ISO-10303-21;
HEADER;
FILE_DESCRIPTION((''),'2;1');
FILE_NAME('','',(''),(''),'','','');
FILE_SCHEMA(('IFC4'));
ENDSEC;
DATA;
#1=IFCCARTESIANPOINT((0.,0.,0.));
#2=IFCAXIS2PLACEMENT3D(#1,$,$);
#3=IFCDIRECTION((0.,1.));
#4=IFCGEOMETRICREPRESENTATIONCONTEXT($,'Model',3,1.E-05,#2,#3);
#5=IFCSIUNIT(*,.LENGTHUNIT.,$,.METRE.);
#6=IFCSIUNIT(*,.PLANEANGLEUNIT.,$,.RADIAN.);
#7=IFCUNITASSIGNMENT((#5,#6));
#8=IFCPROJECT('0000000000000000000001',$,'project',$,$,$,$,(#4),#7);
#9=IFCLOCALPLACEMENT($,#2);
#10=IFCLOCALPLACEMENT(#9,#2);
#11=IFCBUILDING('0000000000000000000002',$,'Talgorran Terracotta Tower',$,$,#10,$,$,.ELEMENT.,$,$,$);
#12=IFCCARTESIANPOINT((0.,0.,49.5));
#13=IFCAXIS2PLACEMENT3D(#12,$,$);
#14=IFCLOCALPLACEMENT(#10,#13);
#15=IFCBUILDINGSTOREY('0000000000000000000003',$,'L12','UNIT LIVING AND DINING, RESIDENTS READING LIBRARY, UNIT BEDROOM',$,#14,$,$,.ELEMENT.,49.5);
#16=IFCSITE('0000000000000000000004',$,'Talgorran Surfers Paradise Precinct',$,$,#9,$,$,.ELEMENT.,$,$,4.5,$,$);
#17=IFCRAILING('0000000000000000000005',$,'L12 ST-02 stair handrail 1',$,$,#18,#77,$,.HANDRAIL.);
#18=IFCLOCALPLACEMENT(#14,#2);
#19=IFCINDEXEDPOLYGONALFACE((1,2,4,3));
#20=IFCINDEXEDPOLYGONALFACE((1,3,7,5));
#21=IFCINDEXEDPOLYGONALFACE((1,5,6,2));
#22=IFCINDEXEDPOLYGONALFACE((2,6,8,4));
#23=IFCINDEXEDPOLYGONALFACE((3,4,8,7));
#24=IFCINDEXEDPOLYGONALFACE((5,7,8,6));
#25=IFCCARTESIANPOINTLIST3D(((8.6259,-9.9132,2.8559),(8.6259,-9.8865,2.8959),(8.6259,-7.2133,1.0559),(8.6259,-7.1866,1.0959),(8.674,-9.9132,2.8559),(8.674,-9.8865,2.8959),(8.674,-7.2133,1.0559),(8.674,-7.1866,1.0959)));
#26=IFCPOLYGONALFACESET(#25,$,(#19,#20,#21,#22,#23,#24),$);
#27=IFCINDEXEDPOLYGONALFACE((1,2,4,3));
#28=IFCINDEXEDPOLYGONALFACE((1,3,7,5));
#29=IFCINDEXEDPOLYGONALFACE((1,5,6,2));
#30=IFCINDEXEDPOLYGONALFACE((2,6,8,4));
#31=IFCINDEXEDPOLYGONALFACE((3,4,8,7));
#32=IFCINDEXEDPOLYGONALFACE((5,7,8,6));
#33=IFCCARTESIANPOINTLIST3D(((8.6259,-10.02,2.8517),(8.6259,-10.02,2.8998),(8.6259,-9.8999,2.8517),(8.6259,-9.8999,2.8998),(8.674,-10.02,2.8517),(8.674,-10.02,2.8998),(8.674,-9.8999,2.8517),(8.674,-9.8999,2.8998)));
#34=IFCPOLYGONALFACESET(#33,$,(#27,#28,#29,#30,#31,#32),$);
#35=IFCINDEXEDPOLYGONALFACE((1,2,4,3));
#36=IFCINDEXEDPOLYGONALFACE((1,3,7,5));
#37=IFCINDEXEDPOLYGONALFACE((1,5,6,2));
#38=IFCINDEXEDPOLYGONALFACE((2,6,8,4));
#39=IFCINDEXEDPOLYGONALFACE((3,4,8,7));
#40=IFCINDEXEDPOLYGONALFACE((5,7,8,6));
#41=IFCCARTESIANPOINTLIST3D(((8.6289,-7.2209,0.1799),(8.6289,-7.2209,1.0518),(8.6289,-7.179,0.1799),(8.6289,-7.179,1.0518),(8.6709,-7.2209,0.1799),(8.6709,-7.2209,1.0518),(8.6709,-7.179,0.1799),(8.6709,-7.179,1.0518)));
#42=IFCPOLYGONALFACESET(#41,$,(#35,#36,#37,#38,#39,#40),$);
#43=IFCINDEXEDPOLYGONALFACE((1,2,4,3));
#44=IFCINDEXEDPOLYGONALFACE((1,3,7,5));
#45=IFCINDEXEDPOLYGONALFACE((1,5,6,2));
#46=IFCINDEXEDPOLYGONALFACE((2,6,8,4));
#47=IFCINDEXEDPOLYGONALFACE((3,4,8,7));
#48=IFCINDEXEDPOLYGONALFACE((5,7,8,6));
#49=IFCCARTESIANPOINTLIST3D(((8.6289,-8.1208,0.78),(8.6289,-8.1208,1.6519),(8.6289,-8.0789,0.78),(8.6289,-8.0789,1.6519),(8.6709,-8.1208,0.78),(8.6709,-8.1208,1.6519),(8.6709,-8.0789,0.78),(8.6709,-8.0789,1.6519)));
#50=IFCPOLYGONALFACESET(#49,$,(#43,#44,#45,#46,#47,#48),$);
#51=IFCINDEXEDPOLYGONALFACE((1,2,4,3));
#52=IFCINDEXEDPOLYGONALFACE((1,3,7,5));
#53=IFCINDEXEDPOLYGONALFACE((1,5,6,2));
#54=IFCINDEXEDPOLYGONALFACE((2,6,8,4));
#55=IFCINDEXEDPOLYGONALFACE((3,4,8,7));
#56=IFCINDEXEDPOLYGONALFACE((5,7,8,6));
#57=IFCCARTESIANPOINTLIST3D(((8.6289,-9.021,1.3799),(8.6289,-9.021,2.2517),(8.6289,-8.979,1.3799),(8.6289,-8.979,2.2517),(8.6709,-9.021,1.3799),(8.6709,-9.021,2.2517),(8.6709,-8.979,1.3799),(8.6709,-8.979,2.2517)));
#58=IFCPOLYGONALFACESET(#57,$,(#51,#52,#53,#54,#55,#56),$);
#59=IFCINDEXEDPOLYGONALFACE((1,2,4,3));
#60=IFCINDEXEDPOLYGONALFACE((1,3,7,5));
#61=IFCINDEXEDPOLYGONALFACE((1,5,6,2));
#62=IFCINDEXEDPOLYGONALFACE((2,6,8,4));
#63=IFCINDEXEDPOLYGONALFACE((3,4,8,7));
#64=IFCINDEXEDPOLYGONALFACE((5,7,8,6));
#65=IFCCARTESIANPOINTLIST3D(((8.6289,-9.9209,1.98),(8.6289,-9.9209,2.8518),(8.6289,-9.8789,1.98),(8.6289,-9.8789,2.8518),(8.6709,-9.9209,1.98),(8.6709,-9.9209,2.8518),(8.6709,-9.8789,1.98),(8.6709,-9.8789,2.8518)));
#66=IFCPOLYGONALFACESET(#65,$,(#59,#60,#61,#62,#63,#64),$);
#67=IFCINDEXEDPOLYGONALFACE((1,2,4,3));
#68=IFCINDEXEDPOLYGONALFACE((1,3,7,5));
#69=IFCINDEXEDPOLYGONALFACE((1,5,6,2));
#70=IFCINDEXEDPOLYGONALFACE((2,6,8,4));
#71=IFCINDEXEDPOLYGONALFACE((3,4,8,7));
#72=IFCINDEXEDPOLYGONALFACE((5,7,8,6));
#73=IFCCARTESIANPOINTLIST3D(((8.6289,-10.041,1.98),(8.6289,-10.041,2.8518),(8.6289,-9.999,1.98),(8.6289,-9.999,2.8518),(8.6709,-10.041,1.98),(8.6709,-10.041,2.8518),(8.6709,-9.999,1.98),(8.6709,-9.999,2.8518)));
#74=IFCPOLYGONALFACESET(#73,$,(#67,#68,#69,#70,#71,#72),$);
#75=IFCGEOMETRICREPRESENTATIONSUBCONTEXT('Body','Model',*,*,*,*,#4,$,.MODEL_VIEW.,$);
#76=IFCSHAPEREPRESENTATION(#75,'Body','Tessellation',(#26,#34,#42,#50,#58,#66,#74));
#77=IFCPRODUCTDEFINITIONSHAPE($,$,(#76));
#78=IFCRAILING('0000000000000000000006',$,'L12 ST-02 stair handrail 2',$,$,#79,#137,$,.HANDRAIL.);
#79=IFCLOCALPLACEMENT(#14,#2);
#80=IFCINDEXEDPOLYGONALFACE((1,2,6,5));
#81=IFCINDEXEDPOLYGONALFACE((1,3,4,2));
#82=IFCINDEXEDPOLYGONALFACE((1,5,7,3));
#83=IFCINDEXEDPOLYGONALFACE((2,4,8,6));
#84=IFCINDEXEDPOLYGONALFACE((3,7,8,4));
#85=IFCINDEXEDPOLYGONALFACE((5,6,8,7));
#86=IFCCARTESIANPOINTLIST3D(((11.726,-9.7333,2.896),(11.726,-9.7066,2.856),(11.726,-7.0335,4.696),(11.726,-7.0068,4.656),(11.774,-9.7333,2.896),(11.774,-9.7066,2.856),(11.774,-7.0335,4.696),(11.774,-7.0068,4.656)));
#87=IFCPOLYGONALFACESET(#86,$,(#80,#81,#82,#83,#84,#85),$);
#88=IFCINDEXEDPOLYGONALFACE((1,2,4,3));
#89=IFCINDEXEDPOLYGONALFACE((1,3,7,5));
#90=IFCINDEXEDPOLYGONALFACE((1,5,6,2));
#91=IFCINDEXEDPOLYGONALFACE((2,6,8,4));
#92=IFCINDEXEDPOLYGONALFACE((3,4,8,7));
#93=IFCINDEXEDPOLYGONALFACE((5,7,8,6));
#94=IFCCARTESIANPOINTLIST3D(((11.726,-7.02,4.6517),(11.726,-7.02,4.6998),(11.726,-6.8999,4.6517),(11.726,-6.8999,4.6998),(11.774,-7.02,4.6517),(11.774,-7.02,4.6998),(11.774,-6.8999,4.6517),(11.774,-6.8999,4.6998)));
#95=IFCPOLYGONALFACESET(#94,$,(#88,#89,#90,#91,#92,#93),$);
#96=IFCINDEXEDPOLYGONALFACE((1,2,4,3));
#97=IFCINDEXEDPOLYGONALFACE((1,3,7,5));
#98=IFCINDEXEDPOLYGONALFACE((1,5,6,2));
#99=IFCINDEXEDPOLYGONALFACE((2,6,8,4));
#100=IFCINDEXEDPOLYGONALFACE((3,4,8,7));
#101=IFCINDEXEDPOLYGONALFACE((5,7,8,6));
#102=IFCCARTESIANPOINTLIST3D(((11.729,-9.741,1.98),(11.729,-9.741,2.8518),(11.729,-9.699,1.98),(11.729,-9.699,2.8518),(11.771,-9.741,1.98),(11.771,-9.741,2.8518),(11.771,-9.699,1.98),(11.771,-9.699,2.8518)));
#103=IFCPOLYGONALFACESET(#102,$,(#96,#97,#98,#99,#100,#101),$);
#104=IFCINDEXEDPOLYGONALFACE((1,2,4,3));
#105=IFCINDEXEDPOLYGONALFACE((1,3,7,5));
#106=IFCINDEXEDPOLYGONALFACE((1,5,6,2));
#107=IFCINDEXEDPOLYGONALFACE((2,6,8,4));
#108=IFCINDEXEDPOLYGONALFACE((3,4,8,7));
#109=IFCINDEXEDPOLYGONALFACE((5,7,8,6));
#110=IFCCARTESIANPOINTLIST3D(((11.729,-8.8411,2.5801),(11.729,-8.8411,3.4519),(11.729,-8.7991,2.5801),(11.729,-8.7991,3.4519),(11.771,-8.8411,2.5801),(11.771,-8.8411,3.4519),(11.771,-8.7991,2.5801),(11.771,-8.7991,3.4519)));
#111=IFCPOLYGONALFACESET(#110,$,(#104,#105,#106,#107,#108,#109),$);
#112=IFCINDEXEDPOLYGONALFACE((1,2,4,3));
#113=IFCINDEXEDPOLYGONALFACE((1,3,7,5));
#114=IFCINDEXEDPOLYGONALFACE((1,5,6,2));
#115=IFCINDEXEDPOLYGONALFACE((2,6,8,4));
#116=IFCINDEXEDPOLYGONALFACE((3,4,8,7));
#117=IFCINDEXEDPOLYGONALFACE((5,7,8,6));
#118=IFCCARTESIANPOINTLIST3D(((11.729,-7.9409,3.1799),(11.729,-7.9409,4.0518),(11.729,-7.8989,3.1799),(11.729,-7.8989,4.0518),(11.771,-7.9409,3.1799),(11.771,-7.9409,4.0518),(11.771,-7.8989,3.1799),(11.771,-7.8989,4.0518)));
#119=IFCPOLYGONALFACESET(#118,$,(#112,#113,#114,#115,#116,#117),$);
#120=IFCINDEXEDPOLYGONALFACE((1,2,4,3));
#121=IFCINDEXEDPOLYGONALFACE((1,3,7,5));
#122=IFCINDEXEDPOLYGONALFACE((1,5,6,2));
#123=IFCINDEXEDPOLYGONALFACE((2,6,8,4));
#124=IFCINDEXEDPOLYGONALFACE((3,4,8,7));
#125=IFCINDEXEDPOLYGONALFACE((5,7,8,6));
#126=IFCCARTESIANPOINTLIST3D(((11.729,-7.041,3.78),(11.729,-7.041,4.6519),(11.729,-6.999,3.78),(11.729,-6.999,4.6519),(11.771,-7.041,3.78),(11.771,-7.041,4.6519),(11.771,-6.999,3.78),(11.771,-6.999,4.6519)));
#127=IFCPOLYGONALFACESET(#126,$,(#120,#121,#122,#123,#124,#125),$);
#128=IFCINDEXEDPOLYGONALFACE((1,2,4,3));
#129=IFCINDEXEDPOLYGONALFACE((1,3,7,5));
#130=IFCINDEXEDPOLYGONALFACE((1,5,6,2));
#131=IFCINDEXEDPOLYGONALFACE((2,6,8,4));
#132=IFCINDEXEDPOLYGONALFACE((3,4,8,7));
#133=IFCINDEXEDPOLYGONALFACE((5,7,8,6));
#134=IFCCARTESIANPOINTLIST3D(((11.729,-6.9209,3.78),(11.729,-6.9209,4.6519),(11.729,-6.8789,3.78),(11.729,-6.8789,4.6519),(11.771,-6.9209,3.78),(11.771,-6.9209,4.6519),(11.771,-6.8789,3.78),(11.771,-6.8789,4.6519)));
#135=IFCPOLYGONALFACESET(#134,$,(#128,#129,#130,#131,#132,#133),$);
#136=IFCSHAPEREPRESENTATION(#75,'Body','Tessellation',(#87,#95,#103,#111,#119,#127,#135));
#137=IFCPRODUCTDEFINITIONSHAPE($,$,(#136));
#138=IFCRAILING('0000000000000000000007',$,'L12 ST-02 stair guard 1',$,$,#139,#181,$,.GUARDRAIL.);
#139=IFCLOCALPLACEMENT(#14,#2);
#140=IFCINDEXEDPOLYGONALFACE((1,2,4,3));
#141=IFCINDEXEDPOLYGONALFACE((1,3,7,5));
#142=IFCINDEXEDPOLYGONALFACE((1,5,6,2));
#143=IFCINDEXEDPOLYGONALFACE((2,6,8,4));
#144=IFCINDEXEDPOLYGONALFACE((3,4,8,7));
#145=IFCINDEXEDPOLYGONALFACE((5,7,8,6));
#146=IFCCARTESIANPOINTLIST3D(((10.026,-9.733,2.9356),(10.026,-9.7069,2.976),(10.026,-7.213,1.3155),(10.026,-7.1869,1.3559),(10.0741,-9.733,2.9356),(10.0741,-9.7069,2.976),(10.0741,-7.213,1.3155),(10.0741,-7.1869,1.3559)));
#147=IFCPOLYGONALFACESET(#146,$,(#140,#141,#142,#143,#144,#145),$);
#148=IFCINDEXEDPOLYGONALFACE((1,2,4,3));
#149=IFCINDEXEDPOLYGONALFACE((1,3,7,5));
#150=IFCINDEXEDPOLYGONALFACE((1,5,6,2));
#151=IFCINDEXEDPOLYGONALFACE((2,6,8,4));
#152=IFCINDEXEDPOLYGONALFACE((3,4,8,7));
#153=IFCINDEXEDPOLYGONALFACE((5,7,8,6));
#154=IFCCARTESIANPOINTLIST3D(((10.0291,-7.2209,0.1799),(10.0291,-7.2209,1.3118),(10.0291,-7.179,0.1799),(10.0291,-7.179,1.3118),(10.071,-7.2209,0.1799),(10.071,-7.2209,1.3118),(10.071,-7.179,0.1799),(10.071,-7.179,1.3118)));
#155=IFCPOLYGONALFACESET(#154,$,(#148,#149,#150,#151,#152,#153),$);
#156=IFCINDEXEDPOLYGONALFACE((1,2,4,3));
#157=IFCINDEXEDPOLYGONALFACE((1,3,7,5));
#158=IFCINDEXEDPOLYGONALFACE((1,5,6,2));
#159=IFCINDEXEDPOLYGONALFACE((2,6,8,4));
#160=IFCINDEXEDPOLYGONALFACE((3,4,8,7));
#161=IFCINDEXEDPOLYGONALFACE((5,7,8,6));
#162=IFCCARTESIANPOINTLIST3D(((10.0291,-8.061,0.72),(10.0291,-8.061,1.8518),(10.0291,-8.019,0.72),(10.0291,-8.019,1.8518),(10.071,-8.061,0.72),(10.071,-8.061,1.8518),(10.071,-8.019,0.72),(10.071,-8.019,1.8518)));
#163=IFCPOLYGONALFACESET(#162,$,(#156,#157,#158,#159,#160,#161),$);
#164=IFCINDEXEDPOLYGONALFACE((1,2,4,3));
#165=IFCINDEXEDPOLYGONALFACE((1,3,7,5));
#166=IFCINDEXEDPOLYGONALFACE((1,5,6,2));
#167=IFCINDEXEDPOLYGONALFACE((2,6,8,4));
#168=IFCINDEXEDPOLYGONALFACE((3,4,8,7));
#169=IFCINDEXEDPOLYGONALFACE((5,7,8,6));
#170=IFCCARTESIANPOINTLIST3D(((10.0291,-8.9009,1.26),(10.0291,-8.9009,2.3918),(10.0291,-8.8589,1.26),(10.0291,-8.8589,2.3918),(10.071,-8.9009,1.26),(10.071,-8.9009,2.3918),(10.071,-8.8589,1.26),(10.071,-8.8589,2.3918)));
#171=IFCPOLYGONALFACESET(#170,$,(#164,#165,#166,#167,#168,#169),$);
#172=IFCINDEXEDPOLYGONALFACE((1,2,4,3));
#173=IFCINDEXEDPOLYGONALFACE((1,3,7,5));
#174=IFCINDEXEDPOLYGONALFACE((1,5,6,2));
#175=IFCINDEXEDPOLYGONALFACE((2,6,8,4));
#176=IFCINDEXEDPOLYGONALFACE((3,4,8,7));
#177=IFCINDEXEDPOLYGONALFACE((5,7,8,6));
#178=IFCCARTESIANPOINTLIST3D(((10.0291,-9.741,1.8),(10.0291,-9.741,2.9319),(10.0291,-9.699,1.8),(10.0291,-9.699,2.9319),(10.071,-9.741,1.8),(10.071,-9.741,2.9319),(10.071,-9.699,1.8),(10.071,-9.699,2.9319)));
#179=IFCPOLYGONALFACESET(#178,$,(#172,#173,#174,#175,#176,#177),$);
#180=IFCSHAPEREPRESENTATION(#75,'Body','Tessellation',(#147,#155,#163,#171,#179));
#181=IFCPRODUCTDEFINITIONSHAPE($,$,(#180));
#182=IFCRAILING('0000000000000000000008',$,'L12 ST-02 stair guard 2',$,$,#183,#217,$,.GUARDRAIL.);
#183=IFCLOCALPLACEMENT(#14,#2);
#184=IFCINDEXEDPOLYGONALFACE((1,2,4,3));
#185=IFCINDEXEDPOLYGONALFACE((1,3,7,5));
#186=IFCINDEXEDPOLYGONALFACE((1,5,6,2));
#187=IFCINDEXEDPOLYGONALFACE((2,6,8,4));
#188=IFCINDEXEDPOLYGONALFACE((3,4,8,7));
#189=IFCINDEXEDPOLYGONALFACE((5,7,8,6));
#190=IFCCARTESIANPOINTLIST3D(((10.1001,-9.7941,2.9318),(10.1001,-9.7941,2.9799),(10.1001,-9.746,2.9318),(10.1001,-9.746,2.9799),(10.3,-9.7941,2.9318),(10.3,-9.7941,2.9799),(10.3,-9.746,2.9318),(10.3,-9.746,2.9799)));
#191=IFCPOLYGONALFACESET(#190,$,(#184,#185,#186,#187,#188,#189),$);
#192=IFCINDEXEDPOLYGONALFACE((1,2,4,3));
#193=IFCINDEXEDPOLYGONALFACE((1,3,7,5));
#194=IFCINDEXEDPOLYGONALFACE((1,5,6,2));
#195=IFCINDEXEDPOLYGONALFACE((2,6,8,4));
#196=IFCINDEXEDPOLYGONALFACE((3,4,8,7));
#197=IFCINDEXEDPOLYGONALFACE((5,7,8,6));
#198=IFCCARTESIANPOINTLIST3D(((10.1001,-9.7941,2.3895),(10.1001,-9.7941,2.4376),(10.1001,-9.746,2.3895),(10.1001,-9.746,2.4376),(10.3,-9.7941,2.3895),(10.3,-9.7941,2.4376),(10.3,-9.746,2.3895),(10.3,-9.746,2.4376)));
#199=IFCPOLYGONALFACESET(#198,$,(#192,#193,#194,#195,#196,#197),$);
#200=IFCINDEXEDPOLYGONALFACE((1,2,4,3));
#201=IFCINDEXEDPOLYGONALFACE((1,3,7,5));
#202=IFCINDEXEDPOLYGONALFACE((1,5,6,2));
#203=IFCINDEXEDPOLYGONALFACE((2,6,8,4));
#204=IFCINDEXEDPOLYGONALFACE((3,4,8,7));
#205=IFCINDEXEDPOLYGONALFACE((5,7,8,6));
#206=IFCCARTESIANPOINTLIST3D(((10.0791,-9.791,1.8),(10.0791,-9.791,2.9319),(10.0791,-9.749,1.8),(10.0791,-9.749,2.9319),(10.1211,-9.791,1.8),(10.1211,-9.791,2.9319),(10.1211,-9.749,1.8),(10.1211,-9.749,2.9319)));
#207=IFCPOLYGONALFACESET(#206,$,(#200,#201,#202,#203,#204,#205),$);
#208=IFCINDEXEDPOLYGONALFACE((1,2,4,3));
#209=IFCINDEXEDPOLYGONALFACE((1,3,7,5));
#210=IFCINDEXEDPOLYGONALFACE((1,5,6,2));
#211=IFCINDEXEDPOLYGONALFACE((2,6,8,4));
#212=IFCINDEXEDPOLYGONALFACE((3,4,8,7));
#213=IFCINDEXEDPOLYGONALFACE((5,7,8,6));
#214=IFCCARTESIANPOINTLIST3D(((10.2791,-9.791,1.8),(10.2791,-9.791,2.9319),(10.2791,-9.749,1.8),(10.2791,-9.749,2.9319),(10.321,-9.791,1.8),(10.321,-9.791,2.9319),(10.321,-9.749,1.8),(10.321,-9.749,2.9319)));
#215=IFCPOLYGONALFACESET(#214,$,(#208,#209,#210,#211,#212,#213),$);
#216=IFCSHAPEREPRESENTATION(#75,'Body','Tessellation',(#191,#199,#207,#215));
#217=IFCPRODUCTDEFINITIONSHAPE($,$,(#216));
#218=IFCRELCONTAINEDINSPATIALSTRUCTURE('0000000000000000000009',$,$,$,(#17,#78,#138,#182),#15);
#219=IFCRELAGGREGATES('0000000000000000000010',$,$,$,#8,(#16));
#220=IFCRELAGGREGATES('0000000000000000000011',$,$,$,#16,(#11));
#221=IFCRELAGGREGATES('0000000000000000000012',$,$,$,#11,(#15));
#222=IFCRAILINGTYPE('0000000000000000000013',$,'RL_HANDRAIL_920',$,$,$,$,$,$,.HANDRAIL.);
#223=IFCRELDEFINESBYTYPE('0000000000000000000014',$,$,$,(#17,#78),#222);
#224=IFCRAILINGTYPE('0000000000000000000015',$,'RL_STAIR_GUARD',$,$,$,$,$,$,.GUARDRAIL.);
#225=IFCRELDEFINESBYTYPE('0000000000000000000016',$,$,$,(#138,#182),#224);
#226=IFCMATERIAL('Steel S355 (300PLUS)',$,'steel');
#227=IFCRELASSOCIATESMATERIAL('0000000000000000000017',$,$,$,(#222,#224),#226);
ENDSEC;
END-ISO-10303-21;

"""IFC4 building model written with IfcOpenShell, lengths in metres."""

from ifc_helpers import new_model, si_unit, direction, frame, origin, origin_2d, place, context, subcontext, project, spatial, rectangle, extrude, material, type_object, element, save


model = new_model("IFC4")

# Units and contexts
model_context = context("Model", 3, precision=1e-05, world=origin(), true_north=direction((0.0, 1.0)))
body_context = subcontext(model_context, "Body", "Model", "MODEL_VIEW")
ifc_project = project(units=[si_unit("LENGTHUNIT", "METRE"), si_unit("PLANEANGLEUNIT", "RADIAN")], contexts=[model_context])

# Site, building, storey
site_placement = place(None, origin())
site = spatial("IfcSite", under=ifc_project, at=site_placement, Name="Talgorran Surfers Paradise Precinct", CompositionType="ELEMENT", RefElevation=4.5)
building_placement = place(site_placement, origin())
building = spatial("IfcBuilding", under=site, at=building_placement, Name="Talgorran Terracotta Tower", CompositionType="ELEMENT")
storey_placement = place(building_placement, frame((0.0, 0.0, 49.5)))
storey = spatial("IfcBuildingStorey", under=building, at=storey_placement, Name="L12", Description="UNIT LIVING AND DINING, RESIDENTS READING LIBRARY, UNIT BEDROOM", CompositionType="ELEMENT", Elevation=49.5)

# Shared definitions
ifc_material_1 = material(Name="Steel S355 (300PLUS)", Category="steel")

# Railings
railing_type_1 = type_object("IfcRailingType", Name="RL_HANDRAIL_920", PredefinedType="HANDRAIL", material=ifc_material_1)
railing_1_placement = place(storey_placement, frame((8.6499, -7.2, 0.1799)))
element("IfcRailing", 1, at=railing_1_placement, inside=storey, type_object=railing_type_1, Name="L12 ST-02 stair handrail 1", PredefinedType="HANDRAIL", context=body_context, shape_type="SweptSolid", body=[
    extrude(rectangle(XDim=0.0481, YDim=0.0481, at=origin_2d()), frame((0.0, 0.0, 0.896), z_axis=(0.0, -0.832039, 0.554718), x_axis=(1.0, 0.0, 0.0)), (0.0, 0.0, 1.0), 3.2449),
    extrude(rectangle(XDim=0.0481, YDim=0.0481, at=origin_2d()), frame((0.0, -2.7, 2.6958), z_axis=(0.0, -1.0, 0.0), x_axis=(1.0, 0.0, 0.0)), (0.0, 0.0, 1.0), 0.1201),
    extrude(rectangle(XDim=0.042, YDim=0.042, at=origin_2d()), origin(), (0.0, 0.0, 1.0), 0.8718),
    extrude(rectangle(XDim=0.042, YDim=0.042, at=origin_2d()), frame((0.0, -0.8999, 0.6001)), (0.0, 0.0, 1.0), 0.8718),
    extrude(rectangle(XDim=0.042, YDim=0.042, at=origin_2d()), frame((0.0, -1.8, 1.2)), (0.0, 0.0, 1.0), 0.8718),
    extrude(rectangle(XDim=0.042, YDim=0.042, at=origin_2d()), frame((0.0, -2.7, 1.8)), (0.0, 0.0, 1.0), 0.8718),
    extrude(rectangle(XDim=0.042, YDim=0.042, at=origin_2d()), frame((0.0, -2.8201, 1.8)), (0.0, 0.0, 1.0), 0.8718),
])
railing_2_placement = place(storey_placement, frame((11.75, -9.72, 1.98)))
element("IfcRailing", 2, at=railing_2_placement, inside=storey, type_object=railing_type_1, Name="L12 ST-02 stair handrail 2", PredefinedType="HANDRAIL", context=body_context, shape_type="SweptSolid", body=[
    extrude(rectangle(XDim=0.0481, YDim=0.0481, at=origin_2d()), frame((0.0, 0.0, 0.896), z_axis=(0.0, 0.832039, 0.554718), x_axis=(-1.0, 0.0, 0.0)), (0.0, 0.0, 1.0), 3.2449),
    extrude(rectangle(XDim=0.0481, YDim=0.0481, at=origin_2d()), frame((0.0, 2.7, 2.6958), z_axis=(0.0, 1.0, 0.0), x_axis=(-1.0, 0.0, 0.0)), (0.0, 0.0, 1.0), 0.1201),
    extrude(rectangle(XDim=0.042, YDim=0.042, at=origin_2d()), origin(), (0.0, 0.0, 1.0), 0.8718),
    extrude(rectangle(XDim=0.042, YDim=0.042, at=origin_2d()), frame((0.0, 0.8999, 0.6001)), (0.0, 0.0, 1.0), 0.8718),
    extrude(rectangle(XDim=0.042, YDim=0.042, at=origin_2d()), frame((0.0, 1.8, 1.2)), (0.0, 0.0, 1.0), 0.8718),
    extrude(rectangle(XDim=0.042, YDim=0.042, at=origin_2d()), frame((0.0, 2.7, 1.8)), (0.0, 0.0, 1.0), 0.8718),
    extrude(rectangle(XDim=0.042, YDim=0.042, at=origin_2d()), frame((0.0, 2.8201, 1.8)), (0.0, 0.0, 1.0), 0.8718),
])
railing_type_2 = type_object("IfcRailingType", Name="RL_STAIR_GUARD", PredefinedType="GUARDRAIL", material=ifc_material_1)
railing_3_placement = place(storey_placement, frame((10.05, -7.2, 0.1799)))
element("IfcRailing", 3, at=railing_3_placement, inside=storey, type_object=railing_type_2, Name="L12 ST-02 stair guard 1", PredefinedType="GUARDRAIL", context=body_context, shape_type="SweptSolid", body=[
    extrude(rectangle(XDim=0.0481, YDim=0.0481, at=origin_2d()), frame((0.0, 0.0, 1.1558), z_axis=(0.0, -0.841163, 0.540782), x_axis=(1.0, 0.0, 0.0)), (0.0, 0.0, 1.0), 2.9958),
    extrude(rectangle(XDim=0.042, YDim=0.042, at=origin_2d()), origin(), (0.0, 0.0, 1.0), 1.1318),
    extrude(rectangle(XDim=0.042, YDim=0.042, at=origin_2d()), frame((0.0, -0.8401, 0.54)), (0.0, 0.0, 1.0), 1.1318),
    extrude(rectangle(XDim=0.042, YDim=0.042, at=origin_2d()), frame((0.0, -1.6799, 1.0801)), (0.0, 0.0, 1.0), 1.1318),
    extrude(rectangle(XDim=0.042, YDim=0.042, at=origin_2d()), frame((0.0, -2.52, 1.6201)), (0.0, 0.0, 1.0), 1.1318),
])
railing_4_placement = place(storey_placement, frame((10.1001, -9.77, 1.8)))
element("IfcRailing", 4, at=railing_4_placement, inside=storey, type_object=railing_type_2, Name="L12 ST-02 stair guard 2", PredefinedType="GUARDRAIL", context=body_context, shape_type="SweptSolid", body=[
    extrude(rectangle(XDim=0.0481, YDim=0.0481, at=origin_2d()), frame((0.0, 0.0, 1.1558), z_axis=(1.0, 0.0, 0.0), x_axis=(0.0, 1.0, 0.0)), (0.0, 0.0, 1.0), 0.2),
    extrude(rectangle(XDim=0.0481, YDim=0.0481, at=origin_2d()), frame((0.0, 0.0, 0.6135), z_axis=(1.0, 0.0, 0.0), x_axis=(0.0, 1.0, 0.0)), (0.0, 0.0, 1.0), 0.2),
    extrude(rectangle(XDim=0.042, YDim=0.042, at=origin_2d()), origin(), (0.0, 0.0, 1.0), 1.1318),
    extrude(rectangle(XDim=0.042, YDim=0.042, at=origin_2d()), frame((0.2, 0.0, 0.0)), (0.0, 0.0, 1.0), 1.1318),
])

save(model, "model.ifc")
